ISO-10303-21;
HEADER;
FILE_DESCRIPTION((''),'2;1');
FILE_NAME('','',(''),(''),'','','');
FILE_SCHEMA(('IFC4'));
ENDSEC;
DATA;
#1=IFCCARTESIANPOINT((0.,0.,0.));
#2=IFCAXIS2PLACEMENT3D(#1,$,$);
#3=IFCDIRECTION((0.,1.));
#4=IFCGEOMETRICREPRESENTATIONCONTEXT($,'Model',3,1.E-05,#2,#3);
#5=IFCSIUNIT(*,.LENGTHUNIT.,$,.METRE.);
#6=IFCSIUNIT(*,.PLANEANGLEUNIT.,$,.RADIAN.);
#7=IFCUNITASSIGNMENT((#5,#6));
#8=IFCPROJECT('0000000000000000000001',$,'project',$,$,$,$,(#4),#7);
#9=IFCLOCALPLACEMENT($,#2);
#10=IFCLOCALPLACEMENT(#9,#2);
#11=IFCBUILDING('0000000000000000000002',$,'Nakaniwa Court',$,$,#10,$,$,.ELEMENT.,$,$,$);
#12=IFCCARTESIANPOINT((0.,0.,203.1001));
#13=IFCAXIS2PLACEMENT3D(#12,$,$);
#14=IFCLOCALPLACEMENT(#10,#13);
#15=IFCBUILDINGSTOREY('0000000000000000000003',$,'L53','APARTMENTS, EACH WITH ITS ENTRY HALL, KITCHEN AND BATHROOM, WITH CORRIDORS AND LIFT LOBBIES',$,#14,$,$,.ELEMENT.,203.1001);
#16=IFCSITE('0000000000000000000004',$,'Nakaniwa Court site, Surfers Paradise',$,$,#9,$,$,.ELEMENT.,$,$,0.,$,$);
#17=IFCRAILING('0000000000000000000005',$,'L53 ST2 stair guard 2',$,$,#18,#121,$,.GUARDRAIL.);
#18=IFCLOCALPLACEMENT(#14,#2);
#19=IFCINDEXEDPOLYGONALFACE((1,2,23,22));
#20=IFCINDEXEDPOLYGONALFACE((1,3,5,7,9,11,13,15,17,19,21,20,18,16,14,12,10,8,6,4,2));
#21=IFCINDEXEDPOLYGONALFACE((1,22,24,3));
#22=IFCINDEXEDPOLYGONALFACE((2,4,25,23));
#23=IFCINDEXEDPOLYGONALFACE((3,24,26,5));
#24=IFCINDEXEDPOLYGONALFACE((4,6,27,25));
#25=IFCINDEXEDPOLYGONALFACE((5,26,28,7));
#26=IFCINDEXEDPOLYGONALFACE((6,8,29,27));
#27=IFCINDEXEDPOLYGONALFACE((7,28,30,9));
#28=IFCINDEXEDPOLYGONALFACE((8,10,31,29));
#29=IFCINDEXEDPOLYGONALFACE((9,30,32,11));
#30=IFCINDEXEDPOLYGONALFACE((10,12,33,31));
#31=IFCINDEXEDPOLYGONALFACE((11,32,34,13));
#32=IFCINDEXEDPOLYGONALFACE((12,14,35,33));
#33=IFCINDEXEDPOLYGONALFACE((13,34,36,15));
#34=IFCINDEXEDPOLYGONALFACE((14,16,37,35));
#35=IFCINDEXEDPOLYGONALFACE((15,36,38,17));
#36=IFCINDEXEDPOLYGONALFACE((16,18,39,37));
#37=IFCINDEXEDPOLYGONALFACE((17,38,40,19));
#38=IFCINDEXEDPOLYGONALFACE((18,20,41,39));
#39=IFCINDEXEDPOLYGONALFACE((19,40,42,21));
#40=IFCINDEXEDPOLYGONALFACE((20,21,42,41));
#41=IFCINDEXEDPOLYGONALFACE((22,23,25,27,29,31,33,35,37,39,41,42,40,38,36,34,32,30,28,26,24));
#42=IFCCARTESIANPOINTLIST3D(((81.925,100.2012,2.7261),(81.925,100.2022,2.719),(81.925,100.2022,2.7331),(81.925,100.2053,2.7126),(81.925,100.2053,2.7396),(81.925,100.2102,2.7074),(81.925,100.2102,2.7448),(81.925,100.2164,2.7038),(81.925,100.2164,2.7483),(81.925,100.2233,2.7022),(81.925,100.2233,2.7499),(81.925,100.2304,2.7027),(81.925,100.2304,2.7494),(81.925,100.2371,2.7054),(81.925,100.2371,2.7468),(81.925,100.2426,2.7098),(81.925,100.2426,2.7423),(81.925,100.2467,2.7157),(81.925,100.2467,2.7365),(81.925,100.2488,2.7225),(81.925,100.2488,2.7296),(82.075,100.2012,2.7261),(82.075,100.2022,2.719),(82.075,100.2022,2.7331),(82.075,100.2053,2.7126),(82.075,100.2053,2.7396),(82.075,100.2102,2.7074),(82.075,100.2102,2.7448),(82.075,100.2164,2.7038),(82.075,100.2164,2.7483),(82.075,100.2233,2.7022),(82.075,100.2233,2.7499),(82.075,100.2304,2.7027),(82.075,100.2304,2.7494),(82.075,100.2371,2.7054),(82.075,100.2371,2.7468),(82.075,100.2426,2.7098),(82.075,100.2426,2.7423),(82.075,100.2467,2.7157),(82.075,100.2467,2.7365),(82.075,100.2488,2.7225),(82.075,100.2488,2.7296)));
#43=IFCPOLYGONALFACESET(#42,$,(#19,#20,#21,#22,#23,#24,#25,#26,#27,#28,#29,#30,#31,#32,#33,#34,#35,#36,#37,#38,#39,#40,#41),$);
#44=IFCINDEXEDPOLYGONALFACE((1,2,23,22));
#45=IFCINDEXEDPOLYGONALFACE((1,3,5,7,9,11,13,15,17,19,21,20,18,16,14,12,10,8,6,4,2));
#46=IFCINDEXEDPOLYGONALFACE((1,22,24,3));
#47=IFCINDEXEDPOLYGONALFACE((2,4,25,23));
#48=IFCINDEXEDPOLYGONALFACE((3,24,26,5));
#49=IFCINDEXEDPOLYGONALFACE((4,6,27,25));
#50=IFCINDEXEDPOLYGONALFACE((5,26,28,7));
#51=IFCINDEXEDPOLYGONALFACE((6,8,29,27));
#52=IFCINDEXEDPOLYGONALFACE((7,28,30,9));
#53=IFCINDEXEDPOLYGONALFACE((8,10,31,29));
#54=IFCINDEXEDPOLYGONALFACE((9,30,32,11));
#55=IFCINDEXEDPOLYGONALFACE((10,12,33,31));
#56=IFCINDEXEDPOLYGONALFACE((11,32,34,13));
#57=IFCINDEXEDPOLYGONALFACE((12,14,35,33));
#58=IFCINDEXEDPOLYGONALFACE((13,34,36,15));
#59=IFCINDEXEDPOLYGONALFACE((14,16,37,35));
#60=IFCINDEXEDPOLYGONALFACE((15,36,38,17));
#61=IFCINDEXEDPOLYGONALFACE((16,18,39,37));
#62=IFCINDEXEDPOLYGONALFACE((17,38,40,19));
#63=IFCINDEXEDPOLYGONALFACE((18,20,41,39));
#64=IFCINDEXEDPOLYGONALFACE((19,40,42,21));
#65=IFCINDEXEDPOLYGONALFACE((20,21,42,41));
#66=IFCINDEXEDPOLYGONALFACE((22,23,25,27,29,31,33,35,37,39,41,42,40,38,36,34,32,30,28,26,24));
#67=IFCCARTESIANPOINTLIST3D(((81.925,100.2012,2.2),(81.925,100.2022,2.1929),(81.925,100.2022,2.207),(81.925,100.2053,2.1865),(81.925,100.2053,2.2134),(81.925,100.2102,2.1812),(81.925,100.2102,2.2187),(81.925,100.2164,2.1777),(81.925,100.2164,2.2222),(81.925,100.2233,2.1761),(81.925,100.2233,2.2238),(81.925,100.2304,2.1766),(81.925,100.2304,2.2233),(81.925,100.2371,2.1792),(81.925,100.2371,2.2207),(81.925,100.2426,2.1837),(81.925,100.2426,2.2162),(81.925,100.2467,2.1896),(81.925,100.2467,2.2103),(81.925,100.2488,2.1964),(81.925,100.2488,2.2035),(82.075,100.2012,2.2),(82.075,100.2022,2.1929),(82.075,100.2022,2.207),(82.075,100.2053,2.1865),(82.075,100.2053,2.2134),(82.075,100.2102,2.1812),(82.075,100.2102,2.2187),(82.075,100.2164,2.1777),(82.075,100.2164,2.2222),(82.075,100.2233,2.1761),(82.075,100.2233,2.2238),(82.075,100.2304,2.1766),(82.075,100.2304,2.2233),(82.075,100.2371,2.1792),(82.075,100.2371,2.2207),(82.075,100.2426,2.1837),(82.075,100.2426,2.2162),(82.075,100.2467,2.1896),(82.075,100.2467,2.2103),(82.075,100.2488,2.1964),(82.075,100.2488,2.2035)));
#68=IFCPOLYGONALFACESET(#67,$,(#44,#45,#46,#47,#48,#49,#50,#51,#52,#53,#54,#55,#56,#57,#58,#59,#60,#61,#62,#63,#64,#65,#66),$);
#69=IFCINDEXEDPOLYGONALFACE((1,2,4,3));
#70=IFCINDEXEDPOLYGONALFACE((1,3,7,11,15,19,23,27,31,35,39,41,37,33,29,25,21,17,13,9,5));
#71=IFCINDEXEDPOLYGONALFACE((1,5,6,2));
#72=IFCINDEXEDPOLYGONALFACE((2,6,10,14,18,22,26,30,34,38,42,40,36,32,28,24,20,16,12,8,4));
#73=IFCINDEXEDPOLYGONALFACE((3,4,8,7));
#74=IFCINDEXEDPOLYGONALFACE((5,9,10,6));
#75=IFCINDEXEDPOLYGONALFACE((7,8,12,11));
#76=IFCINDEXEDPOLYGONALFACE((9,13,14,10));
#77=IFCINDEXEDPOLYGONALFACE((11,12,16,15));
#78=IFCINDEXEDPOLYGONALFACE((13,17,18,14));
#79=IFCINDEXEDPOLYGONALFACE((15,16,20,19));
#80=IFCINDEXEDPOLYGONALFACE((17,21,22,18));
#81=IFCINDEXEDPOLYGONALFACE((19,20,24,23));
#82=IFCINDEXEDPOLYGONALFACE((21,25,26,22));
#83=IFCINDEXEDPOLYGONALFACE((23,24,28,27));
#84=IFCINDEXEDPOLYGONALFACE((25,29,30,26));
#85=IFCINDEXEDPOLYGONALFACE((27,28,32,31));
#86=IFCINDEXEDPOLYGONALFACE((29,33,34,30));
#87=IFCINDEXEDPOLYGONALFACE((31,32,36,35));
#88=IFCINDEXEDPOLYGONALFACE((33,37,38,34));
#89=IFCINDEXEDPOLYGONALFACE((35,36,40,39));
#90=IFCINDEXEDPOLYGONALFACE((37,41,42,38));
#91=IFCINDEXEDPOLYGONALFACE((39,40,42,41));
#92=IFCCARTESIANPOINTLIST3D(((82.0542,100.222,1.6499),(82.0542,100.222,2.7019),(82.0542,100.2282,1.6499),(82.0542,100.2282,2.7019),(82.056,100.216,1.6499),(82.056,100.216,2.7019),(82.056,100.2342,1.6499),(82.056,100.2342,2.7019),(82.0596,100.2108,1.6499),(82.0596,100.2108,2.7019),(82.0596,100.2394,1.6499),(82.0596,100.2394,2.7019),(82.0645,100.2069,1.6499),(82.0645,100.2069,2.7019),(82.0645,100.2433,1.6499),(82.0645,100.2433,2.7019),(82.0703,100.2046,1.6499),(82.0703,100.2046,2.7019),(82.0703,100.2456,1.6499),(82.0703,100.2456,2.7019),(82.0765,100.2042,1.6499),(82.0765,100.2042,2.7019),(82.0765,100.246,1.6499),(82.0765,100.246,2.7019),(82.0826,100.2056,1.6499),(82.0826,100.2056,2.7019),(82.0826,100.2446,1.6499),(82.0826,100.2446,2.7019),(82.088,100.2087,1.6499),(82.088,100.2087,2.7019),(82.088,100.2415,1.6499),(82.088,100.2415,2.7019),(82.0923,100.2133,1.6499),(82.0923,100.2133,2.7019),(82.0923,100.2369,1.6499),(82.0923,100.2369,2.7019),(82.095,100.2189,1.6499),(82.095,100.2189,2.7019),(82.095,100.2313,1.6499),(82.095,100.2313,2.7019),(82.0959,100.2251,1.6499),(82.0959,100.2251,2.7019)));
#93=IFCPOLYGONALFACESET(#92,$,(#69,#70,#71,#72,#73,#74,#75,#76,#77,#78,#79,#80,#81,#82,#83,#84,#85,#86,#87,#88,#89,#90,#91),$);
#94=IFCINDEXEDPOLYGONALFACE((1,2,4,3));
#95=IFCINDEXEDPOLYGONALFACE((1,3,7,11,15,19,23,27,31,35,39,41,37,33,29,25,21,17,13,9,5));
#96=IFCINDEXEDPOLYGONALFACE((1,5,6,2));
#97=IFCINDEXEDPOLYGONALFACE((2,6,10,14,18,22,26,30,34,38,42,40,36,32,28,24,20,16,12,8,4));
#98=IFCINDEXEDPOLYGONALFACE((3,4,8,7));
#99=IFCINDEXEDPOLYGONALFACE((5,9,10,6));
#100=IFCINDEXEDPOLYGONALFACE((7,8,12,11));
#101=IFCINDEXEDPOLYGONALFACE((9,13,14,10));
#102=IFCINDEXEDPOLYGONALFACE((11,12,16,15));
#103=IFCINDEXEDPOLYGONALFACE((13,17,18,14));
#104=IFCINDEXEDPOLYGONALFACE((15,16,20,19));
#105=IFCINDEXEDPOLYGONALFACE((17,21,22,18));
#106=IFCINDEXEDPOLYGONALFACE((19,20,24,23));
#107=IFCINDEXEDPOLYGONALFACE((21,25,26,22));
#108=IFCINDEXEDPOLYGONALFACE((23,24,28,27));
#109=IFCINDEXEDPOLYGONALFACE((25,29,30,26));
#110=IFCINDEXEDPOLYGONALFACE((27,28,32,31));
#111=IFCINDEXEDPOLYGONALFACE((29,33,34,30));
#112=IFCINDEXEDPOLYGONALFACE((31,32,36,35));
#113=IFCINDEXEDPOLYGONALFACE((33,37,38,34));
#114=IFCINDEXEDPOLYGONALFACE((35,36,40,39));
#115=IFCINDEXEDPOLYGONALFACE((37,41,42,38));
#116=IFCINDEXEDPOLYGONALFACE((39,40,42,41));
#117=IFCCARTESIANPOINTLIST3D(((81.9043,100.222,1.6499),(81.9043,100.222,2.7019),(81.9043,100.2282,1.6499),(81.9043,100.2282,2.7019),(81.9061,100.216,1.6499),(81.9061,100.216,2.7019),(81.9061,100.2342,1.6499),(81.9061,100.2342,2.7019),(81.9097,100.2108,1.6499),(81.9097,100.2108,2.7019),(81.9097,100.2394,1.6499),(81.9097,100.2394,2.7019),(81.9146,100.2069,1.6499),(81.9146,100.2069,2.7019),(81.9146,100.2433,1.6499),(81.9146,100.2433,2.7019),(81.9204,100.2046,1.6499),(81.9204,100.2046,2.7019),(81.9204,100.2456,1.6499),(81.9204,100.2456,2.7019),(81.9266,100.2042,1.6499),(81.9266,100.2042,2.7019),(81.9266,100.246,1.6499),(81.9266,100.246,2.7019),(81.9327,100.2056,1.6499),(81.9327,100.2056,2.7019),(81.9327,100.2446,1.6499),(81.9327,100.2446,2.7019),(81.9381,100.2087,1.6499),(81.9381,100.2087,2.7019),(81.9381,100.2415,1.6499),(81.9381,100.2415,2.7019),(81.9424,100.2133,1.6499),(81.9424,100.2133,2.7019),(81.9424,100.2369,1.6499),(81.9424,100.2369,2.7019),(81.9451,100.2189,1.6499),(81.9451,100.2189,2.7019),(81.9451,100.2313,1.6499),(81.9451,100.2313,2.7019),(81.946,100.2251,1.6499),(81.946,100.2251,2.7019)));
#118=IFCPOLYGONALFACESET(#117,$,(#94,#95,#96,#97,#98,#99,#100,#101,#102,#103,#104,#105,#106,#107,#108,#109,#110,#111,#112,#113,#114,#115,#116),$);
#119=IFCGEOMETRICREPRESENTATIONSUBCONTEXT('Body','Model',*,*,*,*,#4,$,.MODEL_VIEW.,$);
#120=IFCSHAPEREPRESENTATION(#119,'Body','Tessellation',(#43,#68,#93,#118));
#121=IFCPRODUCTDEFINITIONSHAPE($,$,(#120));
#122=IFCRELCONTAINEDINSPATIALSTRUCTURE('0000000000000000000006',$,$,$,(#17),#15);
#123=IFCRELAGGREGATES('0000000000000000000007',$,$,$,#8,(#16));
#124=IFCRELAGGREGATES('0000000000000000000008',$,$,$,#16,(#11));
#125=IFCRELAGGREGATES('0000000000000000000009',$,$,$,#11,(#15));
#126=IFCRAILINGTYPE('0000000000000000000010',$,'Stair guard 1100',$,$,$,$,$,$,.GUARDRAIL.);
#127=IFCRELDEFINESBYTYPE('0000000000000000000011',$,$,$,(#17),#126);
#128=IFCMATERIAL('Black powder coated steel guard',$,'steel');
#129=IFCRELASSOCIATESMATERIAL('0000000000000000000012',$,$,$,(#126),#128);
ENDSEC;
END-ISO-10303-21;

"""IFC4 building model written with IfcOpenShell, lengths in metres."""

from ifc_helpers import new_model, si_unit, direction, frame, origin, origin_2d, place, context, subcontext, project, spatial, circle, extrude, material, type_object, element, save


model = new_model("IFC4")

# Units and contexts
model_context = context("Model", 3, precision=1e-05, world=origin(), true_north=direction((0.0, 1.0)))
body_context = subcontext(model_context, "Body", "Model", "MODEL_VIEW")
ifc_project = project(units=[si_unit("LENGTHUNIT", "METRE"), si_unit("PLANEANGLEUNIT", "RADIAN")], contexts=[model_context])

# Site, building, storey
site_placement = place(None, origin())
site = spatial("IfcSite", under=ifc_project, at=site_placement, Name="Nakaniwa Court site, Surfers Paradise", CompositionType="ELEMENT", RefElevation=0.0)
building_placement = place(site_placement, origin())
building = spatial("IfcBuilding", under=site, at=building_placement, Name="Nakaniwa Court", CompositionType="ELEMENT")
storey_placement = place(building_placement, frame((0.0, 0.0, 203.1001)))
storey = spatial("IfcBuildingStorey", under=building, at=storey_placement, Name="L53", Description="APARTMENTS, EACH WITH ITS ENTRY HALL, KITCHEN AND BATHROOM, WITH CORRIDORS AND LIFT LOBBIES", CompositionType="ELEMENT", Elevation=203.1001)

# Railing
ifc_material_1 = material(Name="Black powder coated steel guard", Category="steel")
railing_type_1 = type_object("IfcRailingType", Name="Stair guard 1100", PredefinedType="GUARDRAIL", material=ifc_material_1)
railing_1_placement = place(storey_placement, frame((82.075, 100.2251, 1.6499)))
element("IfcRailing", 1, at=railing_1_placement, inside=storey, type_object=railing_type_1, Name="L53 ST2 stair guard 2", PredefinedType="GUARDRAIL", context=body_context, shape_type="SweptSolid", body=[
    extrude(circle(Radius=0.0239, at=origin_2d()), frame((0.0, 0.0, 1.0762), z_axis=(-1.0, 0.0, 0.0), x_axis=(0.0, -1.0, 0.0)), (0.0, 0.0, 1.0), 0.1499),
    extrude(circle(Radius=0.0239, at=origin_2d()), frame((0.0, 0.0, 0.55), z_axis=(-1.0, 0.0, 0.0), x_axis=(0.0, -1.0, 0.0)), (0.0, 0.0, 1.0), 0.1499),
    extrude(circle(Radius=0.021, at=origin_2d()), origin(), (0.0, 0.0, 1.0), 1.052),
    extrude(circle(Radius=0.021, at=origin_2d()), frame((-0.1499, 0.0, 0.0)), (0.0, 0.0, 1.0), 1.052),
])

save(model, "model.ifc")
